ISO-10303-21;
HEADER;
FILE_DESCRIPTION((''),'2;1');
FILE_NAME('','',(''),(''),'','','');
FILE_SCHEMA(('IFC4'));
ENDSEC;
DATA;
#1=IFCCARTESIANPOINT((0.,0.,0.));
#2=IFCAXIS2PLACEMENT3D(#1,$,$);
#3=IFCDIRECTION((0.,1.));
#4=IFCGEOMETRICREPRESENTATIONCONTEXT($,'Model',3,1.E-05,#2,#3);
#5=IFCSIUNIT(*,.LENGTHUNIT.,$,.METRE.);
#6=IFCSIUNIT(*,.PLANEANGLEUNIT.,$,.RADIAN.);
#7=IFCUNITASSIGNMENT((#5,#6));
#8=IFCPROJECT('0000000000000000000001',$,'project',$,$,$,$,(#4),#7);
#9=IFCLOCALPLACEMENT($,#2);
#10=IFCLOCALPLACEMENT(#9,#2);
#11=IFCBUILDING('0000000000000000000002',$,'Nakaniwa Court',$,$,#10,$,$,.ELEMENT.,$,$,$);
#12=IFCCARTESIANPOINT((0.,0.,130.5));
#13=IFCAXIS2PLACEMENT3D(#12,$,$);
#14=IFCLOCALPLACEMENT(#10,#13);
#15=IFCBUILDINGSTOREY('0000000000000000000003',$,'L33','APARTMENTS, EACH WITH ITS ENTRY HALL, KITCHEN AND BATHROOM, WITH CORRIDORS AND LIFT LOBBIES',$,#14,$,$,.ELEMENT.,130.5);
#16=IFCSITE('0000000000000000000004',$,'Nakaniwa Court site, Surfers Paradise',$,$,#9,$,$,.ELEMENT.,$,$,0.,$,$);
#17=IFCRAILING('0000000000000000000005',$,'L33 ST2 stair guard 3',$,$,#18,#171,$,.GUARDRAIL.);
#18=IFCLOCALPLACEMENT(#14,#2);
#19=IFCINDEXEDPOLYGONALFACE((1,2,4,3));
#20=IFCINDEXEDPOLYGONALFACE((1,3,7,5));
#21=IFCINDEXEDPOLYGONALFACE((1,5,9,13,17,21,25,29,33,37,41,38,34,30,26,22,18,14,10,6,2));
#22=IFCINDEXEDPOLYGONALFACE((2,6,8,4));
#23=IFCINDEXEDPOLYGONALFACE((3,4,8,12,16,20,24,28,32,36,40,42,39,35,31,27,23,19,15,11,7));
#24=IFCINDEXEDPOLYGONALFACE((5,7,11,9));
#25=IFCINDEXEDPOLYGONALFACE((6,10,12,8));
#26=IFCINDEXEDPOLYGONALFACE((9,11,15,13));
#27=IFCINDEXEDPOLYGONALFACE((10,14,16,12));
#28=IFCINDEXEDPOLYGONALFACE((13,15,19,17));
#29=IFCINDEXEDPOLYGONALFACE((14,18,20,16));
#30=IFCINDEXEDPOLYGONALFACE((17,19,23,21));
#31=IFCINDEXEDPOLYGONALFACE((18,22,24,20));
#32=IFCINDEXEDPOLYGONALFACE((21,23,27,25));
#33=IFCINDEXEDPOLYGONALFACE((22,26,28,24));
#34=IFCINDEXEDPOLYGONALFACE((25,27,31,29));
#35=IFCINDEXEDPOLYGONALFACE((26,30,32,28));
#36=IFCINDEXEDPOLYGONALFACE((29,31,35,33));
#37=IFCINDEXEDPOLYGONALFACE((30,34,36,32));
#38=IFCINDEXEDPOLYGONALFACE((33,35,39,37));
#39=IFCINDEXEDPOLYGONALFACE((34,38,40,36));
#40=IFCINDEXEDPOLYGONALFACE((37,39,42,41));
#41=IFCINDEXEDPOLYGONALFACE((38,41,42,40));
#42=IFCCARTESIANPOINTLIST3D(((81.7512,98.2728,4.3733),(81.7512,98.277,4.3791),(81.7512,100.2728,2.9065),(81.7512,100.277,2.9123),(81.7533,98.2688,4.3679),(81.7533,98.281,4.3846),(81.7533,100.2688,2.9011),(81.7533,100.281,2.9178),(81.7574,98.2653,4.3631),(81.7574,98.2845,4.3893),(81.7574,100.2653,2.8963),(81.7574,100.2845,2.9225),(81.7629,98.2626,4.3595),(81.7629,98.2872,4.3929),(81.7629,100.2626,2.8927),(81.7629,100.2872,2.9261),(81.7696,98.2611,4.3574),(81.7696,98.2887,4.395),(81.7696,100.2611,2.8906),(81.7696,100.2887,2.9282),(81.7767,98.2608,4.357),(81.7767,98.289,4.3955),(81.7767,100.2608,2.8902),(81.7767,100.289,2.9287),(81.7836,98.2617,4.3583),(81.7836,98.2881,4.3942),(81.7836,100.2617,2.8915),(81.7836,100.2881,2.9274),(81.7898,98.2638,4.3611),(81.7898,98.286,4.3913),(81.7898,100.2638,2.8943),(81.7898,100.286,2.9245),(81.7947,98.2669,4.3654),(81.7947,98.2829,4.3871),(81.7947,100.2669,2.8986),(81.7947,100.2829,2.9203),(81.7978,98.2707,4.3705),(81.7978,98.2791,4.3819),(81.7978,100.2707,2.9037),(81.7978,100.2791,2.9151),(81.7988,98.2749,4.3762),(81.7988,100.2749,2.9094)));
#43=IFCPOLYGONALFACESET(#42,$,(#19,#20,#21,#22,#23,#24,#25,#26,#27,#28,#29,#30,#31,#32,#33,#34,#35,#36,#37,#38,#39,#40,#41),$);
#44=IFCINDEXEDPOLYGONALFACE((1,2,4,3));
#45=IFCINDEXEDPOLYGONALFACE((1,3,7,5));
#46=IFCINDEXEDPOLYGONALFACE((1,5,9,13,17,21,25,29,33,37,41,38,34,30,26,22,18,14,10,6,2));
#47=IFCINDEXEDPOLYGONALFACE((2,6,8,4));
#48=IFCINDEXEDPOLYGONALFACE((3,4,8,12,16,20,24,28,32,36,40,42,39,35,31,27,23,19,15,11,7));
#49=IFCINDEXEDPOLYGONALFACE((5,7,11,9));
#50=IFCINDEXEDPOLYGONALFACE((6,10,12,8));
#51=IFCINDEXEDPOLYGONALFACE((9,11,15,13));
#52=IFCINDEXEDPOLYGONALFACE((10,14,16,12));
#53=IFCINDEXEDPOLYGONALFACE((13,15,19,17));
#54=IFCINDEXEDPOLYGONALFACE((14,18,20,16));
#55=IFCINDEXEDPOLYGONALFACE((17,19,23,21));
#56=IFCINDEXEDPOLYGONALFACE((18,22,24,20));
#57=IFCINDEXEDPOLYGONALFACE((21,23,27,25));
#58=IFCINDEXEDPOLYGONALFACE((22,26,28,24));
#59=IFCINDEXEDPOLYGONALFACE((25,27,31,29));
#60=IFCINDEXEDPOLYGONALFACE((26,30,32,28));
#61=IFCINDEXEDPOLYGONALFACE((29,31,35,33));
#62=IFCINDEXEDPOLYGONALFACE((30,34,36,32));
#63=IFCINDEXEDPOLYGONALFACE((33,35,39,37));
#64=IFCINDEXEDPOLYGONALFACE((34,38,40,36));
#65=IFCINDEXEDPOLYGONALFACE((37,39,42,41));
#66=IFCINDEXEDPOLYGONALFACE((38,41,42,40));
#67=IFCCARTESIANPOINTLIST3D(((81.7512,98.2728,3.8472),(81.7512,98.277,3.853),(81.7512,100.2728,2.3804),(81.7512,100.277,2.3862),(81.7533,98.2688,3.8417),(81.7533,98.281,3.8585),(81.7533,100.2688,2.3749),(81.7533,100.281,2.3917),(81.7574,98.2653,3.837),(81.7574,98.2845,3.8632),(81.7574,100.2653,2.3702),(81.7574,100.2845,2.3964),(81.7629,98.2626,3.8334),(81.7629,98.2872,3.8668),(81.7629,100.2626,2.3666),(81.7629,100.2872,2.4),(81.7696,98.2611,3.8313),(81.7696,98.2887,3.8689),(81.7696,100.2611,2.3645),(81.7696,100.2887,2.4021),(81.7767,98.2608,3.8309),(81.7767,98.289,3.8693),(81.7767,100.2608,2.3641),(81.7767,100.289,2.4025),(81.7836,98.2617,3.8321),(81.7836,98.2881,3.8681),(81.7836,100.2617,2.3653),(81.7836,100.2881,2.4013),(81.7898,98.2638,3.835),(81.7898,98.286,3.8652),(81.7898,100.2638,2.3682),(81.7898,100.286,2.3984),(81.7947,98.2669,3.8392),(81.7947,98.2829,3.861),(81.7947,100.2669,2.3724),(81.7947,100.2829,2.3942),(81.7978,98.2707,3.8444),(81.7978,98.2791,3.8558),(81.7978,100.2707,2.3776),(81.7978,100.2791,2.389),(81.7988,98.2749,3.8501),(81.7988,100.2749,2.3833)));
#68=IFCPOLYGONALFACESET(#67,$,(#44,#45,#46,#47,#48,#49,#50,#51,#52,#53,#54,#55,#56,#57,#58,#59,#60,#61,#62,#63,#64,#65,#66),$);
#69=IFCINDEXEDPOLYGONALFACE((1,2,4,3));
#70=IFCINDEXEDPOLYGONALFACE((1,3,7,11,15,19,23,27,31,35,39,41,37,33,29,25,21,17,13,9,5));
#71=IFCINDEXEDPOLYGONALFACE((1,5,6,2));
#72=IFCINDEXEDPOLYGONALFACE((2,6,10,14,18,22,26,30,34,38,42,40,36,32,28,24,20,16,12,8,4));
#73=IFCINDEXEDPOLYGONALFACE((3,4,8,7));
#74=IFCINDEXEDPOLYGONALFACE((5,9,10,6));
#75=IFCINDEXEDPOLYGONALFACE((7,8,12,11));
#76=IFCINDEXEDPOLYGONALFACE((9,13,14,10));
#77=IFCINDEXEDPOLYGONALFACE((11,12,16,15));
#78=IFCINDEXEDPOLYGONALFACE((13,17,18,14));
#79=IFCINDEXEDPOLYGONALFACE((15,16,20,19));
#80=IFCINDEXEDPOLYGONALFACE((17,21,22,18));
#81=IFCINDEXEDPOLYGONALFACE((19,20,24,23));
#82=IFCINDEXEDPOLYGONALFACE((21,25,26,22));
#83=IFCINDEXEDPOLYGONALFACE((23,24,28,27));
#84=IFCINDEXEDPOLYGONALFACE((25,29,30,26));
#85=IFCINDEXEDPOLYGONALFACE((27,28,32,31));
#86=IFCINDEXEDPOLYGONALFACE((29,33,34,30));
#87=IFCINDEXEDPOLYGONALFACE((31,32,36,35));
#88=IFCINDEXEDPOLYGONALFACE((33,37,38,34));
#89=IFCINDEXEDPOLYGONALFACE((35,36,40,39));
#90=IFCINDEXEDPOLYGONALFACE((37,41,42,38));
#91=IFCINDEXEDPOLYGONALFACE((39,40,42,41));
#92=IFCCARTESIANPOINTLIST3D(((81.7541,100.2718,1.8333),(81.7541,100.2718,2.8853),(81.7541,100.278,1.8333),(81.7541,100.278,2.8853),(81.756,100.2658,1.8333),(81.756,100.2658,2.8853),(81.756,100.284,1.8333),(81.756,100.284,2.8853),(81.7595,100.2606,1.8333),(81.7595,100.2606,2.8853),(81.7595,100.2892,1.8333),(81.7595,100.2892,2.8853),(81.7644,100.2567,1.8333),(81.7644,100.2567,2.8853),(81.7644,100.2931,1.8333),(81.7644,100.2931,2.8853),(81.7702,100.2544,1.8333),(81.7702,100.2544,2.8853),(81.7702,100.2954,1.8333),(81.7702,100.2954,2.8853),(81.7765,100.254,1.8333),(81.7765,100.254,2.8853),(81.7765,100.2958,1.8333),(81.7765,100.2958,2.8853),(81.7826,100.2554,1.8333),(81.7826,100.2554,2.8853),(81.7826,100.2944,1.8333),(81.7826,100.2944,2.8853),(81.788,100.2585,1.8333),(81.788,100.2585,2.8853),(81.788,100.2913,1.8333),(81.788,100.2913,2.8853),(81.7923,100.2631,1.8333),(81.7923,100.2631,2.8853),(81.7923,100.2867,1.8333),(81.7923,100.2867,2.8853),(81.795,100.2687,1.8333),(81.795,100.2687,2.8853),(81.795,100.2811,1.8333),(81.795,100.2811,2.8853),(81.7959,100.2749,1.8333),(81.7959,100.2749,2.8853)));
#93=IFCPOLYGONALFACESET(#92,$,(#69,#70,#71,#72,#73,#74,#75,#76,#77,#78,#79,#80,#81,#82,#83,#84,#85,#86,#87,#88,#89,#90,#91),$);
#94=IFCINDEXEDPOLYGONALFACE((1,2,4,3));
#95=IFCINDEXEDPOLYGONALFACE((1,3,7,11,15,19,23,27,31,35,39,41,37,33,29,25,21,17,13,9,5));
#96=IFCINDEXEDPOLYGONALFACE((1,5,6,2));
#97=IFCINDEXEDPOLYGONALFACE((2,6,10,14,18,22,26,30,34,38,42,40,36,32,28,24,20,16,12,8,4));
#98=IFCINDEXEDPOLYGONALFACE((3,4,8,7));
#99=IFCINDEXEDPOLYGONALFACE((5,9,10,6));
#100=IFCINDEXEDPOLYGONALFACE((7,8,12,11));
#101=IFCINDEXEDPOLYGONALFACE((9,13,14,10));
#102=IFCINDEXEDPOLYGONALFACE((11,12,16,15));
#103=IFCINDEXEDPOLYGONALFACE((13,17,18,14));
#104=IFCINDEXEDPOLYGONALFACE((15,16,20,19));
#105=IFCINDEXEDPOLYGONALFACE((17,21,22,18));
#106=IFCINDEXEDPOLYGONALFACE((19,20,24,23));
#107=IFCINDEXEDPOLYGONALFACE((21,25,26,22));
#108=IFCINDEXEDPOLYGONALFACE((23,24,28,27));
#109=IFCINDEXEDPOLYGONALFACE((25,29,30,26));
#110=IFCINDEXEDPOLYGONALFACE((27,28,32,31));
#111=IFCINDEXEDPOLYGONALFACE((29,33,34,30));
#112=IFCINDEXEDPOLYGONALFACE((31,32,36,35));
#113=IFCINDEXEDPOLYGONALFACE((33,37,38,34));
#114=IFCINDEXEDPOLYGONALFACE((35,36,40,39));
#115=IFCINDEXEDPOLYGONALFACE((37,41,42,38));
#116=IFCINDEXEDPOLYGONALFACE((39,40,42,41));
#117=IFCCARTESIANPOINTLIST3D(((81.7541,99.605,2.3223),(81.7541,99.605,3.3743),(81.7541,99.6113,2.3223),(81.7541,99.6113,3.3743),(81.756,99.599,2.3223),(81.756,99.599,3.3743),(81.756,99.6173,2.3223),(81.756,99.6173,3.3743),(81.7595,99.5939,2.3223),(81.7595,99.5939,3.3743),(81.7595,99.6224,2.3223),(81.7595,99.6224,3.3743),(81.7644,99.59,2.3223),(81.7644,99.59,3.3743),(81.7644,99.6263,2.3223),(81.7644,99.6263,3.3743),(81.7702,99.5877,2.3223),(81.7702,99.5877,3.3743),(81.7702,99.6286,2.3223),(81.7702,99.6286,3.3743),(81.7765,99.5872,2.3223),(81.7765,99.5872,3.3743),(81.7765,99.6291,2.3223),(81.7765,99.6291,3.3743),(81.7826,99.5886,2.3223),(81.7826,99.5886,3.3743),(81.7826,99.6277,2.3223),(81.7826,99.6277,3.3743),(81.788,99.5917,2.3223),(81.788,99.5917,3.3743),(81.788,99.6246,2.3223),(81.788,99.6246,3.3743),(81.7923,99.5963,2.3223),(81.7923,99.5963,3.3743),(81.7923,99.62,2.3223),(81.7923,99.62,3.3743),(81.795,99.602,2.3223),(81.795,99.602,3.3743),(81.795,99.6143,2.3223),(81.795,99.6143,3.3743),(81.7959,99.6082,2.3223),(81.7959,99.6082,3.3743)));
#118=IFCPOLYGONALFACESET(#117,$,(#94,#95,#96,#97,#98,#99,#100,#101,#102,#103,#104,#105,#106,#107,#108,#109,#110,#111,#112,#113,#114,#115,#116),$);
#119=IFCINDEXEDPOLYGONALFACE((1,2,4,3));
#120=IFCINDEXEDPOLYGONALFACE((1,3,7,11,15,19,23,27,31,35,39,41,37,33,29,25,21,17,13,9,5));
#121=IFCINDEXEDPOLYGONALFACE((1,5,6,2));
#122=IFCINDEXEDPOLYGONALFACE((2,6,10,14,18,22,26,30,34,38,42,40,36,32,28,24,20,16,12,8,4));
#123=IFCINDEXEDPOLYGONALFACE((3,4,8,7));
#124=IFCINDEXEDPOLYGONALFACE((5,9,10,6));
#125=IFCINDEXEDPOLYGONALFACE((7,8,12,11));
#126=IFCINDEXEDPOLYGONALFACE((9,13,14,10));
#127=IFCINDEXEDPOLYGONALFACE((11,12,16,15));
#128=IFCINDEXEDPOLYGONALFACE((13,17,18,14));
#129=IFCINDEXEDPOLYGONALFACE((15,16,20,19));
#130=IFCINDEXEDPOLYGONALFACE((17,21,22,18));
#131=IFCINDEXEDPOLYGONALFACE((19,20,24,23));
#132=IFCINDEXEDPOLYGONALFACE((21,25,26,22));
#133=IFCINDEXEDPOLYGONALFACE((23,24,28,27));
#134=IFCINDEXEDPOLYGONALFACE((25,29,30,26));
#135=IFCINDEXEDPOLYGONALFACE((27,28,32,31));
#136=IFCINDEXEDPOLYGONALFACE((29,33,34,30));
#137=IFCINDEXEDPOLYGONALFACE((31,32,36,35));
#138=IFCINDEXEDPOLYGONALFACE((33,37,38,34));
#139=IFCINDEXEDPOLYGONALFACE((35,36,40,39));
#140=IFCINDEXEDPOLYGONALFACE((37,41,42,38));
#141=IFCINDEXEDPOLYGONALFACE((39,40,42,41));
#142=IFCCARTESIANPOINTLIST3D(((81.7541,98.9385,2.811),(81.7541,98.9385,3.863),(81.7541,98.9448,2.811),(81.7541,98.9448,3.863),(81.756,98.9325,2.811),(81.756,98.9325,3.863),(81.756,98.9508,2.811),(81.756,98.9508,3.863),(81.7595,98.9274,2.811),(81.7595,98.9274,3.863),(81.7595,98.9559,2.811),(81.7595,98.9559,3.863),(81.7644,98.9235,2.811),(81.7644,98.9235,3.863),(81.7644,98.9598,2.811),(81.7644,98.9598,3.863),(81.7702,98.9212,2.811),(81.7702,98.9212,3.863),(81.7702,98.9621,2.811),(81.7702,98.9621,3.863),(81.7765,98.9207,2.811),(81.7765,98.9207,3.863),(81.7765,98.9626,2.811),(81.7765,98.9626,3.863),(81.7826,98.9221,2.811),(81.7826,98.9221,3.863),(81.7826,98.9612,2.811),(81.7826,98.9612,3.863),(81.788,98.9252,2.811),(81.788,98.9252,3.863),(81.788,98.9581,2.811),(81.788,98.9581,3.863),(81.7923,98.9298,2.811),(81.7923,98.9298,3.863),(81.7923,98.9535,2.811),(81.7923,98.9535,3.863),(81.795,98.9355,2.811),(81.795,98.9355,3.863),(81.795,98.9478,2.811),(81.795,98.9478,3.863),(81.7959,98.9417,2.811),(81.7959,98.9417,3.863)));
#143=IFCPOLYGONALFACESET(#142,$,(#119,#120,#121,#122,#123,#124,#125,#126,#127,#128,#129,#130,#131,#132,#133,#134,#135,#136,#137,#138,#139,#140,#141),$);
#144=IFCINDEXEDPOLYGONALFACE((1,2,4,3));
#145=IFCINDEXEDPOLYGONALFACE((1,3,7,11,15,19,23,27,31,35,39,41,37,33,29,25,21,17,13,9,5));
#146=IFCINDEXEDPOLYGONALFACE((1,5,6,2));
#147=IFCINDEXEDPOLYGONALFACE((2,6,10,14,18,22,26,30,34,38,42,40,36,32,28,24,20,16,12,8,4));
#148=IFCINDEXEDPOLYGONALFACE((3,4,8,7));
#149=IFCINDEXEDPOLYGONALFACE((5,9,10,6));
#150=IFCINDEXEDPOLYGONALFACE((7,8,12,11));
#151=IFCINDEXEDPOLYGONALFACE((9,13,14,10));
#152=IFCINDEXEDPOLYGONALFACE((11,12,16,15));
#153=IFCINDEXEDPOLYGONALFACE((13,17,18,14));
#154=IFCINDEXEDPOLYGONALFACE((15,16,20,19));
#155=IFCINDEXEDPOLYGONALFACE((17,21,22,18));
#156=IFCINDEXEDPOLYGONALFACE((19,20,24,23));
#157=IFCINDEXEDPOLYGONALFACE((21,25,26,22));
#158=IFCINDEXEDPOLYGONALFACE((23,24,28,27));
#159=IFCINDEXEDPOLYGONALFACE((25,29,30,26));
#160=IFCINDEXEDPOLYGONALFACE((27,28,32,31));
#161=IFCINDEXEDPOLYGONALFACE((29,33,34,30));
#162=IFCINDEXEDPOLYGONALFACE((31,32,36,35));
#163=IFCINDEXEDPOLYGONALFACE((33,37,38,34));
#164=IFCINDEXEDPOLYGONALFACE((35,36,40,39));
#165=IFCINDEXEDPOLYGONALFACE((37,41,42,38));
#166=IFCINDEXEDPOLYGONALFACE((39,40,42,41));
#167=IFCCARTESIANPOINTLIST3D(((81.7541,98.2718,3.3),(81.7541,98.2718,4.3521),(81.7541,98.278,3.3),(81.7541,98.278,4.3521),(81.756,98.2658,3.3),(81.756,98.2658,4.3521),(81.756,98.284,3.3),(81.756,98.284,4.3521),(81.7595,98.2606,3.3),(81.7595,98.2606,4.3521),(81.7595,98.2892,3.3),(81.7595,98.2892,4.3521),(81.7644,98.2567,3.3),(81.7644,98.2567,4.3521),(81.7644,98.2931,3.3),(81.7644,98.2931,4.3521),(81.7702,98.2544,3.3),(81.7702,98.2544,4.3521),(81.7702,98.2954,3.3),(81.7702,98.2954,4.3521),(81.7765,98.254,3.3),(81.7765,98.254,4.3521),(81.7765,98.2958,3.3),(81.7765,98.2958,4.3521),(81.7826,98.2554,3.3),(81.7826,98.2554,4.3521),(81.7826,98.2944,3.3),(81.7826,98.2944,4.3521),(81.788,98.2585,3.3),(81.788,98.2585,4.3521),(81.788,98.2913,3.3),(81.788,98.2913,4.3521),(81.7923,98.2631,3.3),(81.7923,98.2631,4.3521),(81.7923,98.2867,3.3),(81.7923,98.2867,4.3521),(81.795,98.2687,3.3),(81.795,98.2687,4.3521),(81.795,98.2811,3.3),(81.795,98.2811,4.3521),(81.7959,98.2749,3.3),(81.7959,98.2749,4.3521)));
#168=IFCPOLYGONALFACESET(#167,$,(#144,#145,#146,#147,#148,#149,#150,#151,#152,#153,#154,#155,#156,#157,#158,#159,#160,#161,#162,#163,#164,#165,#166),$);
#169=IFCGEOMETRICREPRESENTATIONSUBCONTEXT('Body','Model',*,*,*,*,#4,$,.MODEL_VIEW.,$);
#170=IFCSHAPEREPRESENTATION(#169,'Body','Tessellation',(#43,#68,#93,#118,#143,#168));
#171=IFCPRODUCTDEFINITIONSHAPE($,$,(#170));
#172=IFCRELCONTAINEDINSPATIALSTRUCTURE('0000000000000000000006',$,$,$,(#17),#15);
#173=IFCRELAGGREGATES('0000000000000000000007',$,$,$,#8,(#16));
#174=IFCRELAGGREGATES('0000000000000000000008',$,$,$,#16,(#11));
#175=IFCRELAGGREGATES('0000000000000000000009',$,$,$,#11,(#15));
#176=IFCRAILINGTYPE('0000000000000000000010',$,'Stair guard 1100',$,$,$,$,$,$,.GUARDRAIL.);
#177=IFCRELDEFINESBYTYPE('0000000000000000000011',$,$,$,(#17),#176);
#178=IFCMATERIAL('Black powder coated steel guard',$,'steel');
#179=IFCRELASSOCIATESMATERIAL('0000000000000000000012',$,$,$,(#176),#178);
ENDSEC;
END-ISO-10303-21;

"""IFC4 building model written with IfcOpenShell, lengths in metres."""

from ifc_helpers import new_model, si_unit, direction, frame, origin, origin_2d, place, context, subcontext, project, spatial, circle, extrude, material, type_object, element, save


model = new_model("IFC4")

# Units and contexts
model_context = context("Model", 3, precision=1e-05, world=origin(), true_north=direction((0.0, 1.0)))
body_context = subcontext(model_context, "Body", "Model", "MODEL_VIEW")
ifc_project = project(units=[si_unit("LENGTHUNIT", "METRE"), si_unit("PLANEANGLEUNIT", "RADIAN")], contexts=[model_context])

# Site, building, storey
site_placement = place(None, origin())
site = spatial("IfcSite", under=ifc_project, at=site_placement, Name="Nakaniwa Court site, Surfers Paradise", CompositionType="ELEMENT", RefElevation=0.0)
building_placement = place(site_placement, origin())
building = spatial("IfcBuilding", under=site, at=building_placement, Name="Nakaniwa Court", CompositionType="ELEMENT")
storey_placement = place(building_placement, frame((0.0, 0.0, 130.5)))
storey = spatial("IfcBuildingStorey", under=building, at=storey_placement, Name="L33", Description="APARTMENTS, EACH WITH ITS ENTRY HALL, KITCHEN AND BATHROOM, WITH CORRIDORS AND LIFT LOBBIES", CompositionType="ELEMENT", Elevation=130.5)

# Railing
ifc_material_1 = material(Name="Black powder coated steel guard", Category="steel")
railing_type_1 = type_object("IfcRailingType", Name="Stair guard 1100", PredefinedType="GUARDRAIL", material=ifc_material_1)
railing_1_placement = place(storey_placement, frame((81.7749, 100.2749, 1.8333)))
element("IfcRailing", 1, at=railing_1_placement, inside=storey, type_object=railing_type_1, Name="L33 ST2 stair guard 3", PredefinedType="GUARDRAIL", context=body_context, shape_type="SweptSolid", body=[
    extrude(circle(Radius=0.0239, at=origin_2d()), frame((0.0, 0.0, 1.0762), z_axis=(0.0, -0.80638, 0.591398), x_axis=(1.0, 0.0, 0.0)), (0.0, 0.0, 1.0), 2.4802),
    extrude(circle(Radius=0.0239, at=origin_2d()), frame((0.0, 0.0, 0.55), z_axis=(0.0, -0.80638, 0.591398), x_axis=(1.0, 0.0, 0.0)), (0.0, 0.0, 1.0), 2.4802),
    extrude(circle(Radius=0.021, at=origin_2d()), origin(), (0.0, 0.0, 1.0), 1.052),
    extrude(circle(Radius=0.021, at=origin_2d()), frame((0.0, -0.6667, 0.489)), (0.0, 0.0, 1.0), 1.052),
    extrude(circle(Radius=0.021, at=origin_2d()), frame((0.0, -1.3333, 0.9778)), (0.0, 0.0, 1.0), 1.052),
    extrude(circle(Radius=0.021, at=origin_2d()), frame((0.0, -2.0, 1.4668)), (0.0, 0.0, 1.0), 1.052),
])

save(model, "model.ifc")
